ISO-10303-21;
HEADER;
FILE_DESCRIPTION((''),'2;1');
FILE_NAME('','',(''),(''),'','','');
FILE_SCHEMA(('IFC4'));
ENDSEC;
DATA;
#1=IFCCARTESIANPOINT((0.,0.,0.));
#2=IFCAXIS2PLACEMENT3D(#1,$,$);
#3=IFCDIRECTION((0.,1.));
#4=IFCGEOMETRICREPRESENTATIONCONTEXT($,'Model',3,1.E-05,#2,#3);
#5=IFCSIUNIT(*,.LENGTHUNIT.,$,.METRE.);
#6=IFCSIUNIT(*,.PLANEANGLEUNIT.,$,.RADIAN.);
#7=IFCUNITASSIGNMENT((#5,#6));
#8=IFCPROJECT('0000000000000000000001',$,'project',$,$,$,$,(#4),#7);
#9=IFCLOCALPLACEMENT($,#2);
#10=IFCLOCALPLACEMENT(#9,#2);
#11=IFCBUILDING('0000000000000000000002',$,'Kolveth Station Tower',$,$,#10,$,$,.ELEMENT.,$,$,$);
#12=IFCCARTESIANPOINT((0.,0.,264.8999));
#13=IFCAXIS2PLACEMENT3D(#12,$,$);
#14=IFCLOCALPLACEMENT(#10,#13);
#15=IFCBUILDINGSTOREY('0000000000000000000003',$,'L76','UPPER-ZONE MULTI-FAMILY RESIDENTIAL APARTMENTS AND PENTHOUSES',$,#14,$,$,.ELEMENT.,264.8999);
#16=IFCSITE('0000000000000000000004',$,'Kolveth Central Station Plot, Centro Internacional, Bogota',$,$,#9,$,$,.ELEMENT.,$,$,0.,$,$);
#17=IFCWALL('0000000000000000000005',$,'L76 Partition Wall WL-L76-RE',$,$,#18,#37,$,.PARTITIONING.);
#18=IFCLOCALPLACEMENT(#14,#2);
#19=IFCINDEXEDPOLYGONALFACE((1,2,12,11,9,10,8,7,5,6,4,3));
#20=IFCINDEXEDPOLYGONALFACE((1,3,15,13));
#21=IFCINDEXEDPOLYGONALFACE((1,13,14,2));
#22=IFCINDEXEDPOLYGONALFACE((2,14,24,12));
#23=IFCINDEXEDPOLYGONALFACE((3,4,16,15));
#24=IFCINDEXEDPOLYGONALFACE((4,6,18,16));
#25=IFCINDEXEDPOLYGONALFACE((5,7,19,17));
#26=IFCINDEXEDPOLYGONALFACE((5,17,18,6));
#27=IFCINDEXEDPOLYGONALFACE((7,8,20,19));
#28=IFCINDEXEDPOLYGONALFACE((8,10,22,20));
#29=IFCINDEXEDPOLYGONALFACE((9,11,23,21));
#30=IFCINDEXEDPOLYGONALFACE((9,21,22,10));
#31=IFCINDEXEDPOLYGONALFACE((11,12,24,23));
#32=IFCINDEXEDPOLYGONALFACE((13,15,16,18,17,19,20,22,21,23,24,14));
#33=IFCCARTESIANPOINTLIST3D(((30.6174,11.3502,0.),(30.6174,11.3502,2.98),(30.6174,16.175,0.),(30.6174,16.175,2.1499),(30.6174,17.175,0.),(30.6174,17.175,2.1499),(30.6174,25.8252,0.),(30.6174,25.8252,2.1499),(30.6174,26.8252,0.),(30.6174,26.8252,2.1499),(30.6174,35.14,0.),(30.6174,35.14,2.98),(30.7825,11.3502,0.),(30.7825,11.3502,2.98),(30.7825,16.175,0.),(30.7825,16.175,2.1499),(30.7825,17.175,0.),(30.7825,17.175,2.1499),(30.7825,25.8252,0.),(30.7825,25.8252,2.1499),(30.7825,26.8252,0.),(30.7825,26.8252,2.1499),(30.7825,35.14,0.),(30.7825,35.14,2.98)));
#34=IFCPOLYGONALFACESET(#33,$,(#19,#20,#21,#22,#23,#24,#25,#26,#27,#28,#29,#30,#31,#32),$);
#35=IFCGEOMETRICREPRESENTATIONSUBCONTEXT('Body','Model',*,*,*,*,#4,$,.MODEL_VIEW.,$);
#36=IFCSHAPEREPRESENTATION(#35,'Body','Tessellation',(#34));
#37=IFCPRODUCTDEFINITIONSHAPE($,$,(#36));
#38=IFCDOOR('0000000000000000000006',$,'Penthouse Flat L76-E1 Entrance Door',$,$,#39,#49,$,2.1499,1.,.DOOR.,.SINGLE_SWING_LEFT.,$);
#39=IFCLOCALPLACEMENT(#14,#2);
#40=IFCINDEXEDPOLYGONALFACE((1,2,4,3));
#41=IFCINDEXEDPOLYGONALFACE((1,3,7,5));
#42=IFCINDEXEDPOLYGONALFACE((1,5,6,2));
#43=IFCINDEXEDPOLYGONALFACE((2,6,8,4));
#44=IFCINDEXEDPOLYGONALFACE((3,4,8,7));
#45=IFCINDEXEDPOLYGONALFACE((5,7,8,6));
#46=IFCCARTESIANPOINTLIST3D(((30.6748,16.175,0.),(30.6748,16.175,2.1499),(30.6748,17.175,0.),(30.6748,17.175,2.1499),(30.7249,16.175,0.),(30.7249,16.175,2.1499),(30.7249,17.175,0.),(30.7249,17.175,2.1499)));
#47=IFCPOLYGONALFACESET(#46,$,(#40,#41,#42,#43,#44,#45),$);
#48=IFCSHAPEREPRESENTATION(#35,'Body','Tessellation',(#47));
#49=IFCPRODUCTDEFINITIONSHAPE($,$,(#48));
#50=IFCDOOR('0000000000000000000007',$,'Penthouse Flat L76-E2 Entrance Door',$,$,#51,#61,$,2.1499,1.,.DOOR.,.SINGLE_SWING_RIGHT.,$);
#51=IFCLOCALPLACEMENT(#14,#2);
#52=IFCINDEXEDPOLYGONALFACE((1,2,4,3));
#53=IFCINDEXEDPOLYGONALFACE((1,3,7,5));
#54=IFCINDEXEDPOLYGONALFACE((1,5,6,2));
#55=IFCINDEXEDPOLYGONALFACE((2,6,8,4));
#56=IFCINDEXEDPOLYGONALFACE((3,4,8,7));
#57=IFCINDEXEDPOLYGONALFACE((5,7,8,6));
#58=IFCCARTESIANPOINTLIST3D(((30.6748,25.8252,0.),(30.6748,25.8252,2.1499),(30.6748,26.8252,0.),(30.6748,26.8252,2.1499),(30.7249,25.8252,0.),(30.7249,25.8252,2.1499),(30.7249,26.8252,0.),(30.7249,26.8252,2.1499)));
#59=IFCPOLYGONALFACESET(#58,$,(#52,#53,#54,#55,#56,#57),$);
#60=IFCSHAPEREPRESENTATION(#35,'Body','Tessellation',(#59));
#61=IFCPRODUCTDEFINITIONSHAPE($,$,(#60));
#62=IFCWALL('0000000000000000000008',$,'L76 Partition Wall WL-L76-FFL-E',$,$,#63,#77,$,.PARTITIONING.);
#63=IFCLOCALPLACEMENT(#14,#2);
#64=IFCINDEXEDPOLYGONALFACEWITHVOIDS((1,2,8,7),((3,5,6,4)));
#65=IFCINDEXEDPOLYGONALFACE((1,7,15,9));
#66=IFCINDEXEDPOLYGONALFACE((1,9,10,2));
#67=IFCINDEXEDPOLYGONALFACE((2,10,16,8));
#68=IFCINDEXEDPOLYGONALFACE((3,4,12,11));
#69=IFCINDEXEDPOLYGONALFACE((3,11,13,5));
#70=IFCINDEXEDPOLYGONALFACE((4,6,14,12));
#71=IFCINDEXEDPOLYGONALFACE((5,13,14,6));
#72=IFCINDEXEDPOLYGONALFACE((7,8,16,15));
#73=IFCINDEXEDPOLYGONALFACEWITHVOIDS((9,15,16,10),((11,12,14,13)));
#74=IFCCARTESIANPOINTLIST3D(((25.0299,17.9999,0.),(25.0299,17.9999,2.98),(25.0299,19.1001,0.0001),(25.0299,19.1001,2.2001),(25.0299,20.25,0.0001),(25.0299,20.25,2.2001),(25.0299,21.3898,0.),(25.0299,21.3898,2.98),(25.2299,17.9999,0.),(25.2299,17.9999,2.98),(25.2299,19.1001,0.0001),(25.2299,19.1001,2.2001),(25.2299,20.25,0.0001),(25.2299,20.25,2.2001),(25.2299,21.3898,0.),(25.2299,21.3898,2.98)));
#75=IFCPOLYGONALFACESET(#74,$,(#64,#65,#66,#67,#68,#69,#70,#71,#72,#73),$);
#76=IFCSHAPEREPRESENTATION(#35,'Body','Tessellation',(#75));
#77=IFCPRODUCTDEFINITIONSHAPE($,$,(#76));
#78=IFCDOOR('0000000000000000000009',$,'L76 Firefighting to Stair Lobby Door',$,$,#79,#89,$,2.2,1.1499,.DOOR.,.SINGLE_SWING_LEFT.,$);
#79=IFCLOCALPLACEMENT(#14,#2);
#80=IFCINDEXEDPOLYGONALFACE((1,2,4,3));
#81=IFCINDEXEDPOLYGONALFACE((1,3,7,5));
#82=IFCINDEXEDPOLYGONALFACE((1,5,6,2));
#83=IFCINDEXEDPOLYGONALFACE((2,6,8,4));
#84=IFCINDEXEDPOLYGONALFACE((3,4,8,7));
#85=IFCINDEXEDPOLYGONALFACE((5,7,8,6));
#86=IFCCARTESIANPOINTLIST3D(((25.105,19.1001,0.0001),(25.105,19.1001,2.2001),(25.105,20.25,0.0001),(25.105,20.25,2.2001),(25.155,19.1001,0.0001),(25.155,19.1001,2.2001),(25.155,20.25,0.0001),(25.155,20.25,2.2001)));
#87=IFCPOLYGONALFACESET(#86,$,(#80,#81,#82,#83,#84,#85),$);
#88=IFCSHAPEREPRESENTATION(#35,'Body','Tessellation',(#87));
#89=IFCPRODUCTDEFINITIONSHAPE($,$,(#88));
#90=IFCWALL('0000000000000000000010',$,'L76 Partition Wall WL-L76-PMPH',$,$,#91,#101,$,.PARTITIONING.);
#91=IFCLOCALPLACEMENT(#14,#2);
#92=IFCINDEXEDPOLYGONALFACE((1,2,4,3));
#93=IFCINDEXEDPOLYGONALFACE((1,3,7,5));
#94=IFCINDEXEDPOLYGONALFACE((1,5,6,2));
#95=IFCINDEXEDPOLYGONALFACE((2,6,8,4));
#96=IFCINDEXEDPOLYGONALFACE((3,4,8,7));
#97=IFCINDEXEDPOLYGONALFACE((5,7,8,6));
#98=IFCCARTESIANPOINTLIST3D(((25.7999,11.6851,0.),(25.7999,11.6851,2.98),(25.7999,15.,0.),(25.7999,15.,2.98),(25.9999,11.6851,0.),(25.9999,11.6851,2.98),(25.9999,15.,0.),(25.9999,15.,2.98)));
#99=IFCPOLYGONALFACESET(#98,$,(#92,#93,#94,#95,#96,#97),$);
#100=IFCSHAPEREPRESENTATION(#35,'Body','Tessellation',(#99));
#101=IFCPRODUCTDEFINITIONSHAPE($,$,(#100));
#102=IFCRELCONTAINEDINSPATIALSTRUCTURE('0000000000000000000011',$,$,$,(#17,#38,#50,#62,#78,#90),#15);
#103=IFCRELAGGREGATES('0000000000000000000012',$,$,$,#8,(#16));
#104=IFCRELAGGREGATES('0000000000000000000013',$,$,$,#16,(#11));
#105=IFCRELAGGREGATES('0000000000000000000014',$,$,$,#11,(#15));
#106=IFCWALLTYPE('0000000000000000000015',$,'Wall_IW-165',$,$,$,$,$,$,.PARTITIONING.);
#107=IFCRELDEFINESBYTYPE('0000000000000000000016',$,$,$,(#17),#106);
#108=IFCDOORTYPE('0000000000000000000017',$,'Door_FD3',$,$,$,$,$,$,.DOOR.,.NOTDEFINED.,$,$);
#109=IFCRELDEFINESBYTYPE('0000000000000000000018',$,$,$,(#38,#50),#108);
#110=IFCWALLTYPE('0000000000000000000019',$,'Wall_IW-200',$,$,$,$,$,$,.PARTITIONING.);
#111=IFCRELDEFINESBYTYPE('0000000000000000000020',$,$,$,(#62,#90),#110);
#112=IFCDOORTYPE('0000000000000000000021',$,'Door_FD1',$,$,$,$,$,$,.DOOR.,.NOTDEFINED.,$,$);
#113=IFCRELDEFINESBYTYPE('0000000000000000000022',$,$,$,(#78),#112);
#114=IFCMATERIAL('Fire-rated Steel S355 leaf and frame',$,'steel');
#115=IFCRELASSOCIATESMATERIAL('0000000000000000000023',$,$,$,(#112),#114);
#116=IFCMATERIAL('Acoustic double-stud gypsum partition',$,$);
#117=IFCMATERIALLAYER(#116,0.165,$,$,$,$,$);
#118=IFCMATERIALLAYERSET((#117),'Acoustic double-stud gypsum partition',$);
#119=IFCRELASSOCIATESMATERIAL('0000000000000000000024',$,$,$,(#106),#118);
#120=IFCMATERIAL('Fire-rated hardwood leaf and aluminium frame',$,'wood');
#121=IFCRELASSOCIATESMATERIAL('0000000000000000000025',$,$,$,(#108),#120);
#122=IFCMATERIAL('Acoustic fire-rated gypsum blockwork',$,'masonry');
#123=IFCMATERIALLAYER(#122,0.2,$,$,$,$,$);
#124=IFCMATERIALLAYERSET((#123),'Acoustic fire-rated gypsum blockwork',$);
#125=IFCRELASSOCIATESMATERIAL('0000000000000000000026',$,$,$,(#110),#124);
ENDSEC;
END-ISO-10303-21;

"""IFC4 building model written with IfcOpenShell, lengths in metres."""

from ifc_helpers import new_model, si_unit, direction, frame, frame_2d, origin, place, context, subcontext, project, spatial, rectangle, extrude, material, layer, layer_set, type_object, element, fill, save


model = new_model("IFC4")

# Units and contexts
model_context = context("Model", 3, precision=1e-05, world=origin(), true_north=direction((0.0, 1.0)))
body_context = subcontext(model_context, "Body", "Model", "MODEL_VIEW")
ifc_project = project(units=[si_unit("LENGTHUNIT", "METRE"), si_unit("PLANEANGLEUNIT", "RADIAN")], contexts=[model_context])

# Site, building, storey
site_placement = place(None, origin())
site = spatial("IfcSite", under=ifc_project, at=site_placement, Name="Kolveth Central Station Plot, Centro Internacional, Bogota", CompositionType="ELEMENT", RefElevation=0.0)
building_placement = place(site_placement, origin())
building = spatial("IfcBuilding", under=site, at=building_placement, Name="Kolveth Station Tower", CompositionType="ELEMENT")
storey_placement = place(building_placement, frame((0.0, 0.0, 264.8999)))
storey = spatial("IfcBuildingStorey", under=building, at=storey_placement, Name="L76", Description="UPPER-ZONE MULTI-FAMILY RESIDENTIAL APARTMENTS AND PENTHOUSES", CompositionType="ELEMENT", Elevation=264.8999)

# Shared definitions
ifc_material_1 = material(Name="Fire-rated Steel S355 leaf and frame", Category="steel")
door_type_1 = type_object("IfcDoorType", Name="Door_FD1", OperationType="NOTDEFINED", PredefinedType="DOOR", material=ifc_material_1)

# Shared definitions
ifc_material_2 = material(Name="Acoustic double-stud gypsum partition")
ifc_layer_1 = layer(ifc_material_2, 0.165)
ifc_layer_set_1 = layer_set([ifc_layer_1], Name="Acoustic double-stud gypsum partition")
wall_type_1 = type_object("IfcWallType", Name="Wall_IW-165", PredefinedType="PARTITIONING", material=ifc_layer_set_1)

# Wall, openings, doors
wall_1_placement = place(storey_placement, frame((30.7, 11.3501, 0.0), z_axis=(0.0, 0.0, 1.0), x_axis=(0.0, 1.0, 0.0)))
wall_1 = element("IfcWall", 1, at=wall_1_placement, inside=storey, type_object=wall_type_1, Name="L76 Partition Wall WL-L76-RE", PredefinedType="PARTITIONING", context=body_context, shape_type="SweptSolid", body=[
    extrude(rectangle(XDim=23.7898, YDim=0.165, at=frame_2d((11.895, 0.0))), origin(), (0.0, 0.0, 1.0), 2.98),
])
opening_1_placement = place(wall_1_placement, frame((4.825, 0.0, 0.0)))
opening_1 = element("IfcOpeningElement", 2, at=opening_1_placement, cuts=wall_1, PredefinedType="OPENING", context=body_context, shape_type="SweptSolid", body=[
    extrude(rectangle(XDim=1.0, YDim=2.1499, at=frame_2d((0.5, 1.075))), frame((0.0, 0.0925, 0.0), z_axis=(0.0, -1.0, 0.0), x_axis=(1.0, 0.0, 0.0)), (0.0, 0.0, 1.0), 0.1851),
])
opening_2_placement = place(wall_1_placement, frame((14.4751, 0.0, 0.0)))
opening_2 = element("IfcOpeningElement", 3, at=opening_2_placement, cuts=wall_1, PredefinedType="OPENING", context=body_context, shape_type="SweptSolid", body=[
    extrude(rectangle(XDim=1.0, YDim=2.1499, at=frame_2d((0.5, 1.075))), frame((0.0, 0.0925, 0.0), z_axis=(0.0, -1.0, 0.0), x_axis=(1.0, 0.0, 0.0)), (0.0, 0.0, 1.0), 0.1851),
])
ifc_material_3 = material(Name="Fire-rated hardwood leaf and aluminium frame", Category="wood")
door_type_2 = type_object("IfcDoorType", Name="Door_FD3", OperationType="NOTDEFINED", PredefinedType="DOOR", material=ifc_material_3)
door_1_placement = place(opening_1_placement, frame((1.0, 0.0, 0.0), z_axis=(0.0, 0.0, 1.0), x_axis=(-1.0, 0.0, 0.0)))
door_1 = element("IfcDoor", 4, at=door_1_placement, inside=storey, type_object=door_type_2, Name="Penthouse Flat L76-E1 Entrance Door", OperationType="SINGLE_SWING_LEFT", OverallHeight=2.1499, OverallWidth=1.0, PredefinedType="DOOR", context=body_context, shape_type="SweptSolid", body=[
    extrude(rectangle(XDim=1.0, YDim=2.1499, at=frame_2d((0.5, 1.075))), frame((0.0, 0.0249, 0.0), z_axis=(0.0, -1.0, 0.0), x_axis=(1.0, 0.0, 0.0)), (0.0, 0.0, 1.0), 0.05),
])
fill(opening_1, door_1)
door_2_placement = place(opening_2_placement, frame((1.0, 0.0, 0.0), z_axis=(0.0, 0.0, 1.0), x_axis=(-1.0, 0.0, 0.0)))
door_2 = element("IfcDoor", 5, at=door_2_placement, inside=storey, type_object=door_type_2, Name="Penthouse Flat L76-E2 Entrance Door", OperationType="SINGLE_SWING_RIGHT", OverallHeight=2.1499, OverallWidth=1.0, PredefinedType="DOOR", context=body_context, shape_type="SweptSolid", body=[
    extrude(rectangle(XDim=1.0, YDim=2.1499, at=frame_2d((0.5, 1.075))), frame((0.0, 0.0249, 0.0), z_axis=(0.0, -1.0, 0.0), x_axis=(1.0, 0.0, 0.0)), (0.0, 0.0, 1.0), 0.05),
])
fill(opening_2, door_2)

# Wall, opening, door
ifc_material_4 = material(Name="Acoustic fire-rated gypsum blockwork", Category="masonry")
ifc_layer_2 = layer(ifc_material_4, 0.2)
ifc_layer_set_2 = layer_set([ifc_layer_2], Name="Acoustic fire-rated gypsum blockwork")
wall_type_2 = type_object("IfcWallType", Name="Wall_IW-200", PredefinedType="PARTITIONING", material=ifc_layer_set_2)
wall_2_placement = place(storey_placement, frame((25.1299, 18.0, 0.0), z_axis=(0.0, 0.0, 1.0), x_axis=(0.0, 1.0, 0.0)))
wall_2 = element("IfcWall", 6, at=wall_2_placement, inside=storey, type_object=wall_type_2, Name="L76 Partition Wall WL-L76-FFL-E", PredefinedType="PARTITIONING", context=body_context, shape_type="SweptSolid", body=[
    extrude(rectangle(XDim=3.3899, YDim=0.2, at=frame_2d((1.6948, 0.0))), origin(), (0.0, 0.0, 1.0), 2.98),
])
opening_3_placement = place(wall_2_placement, frame((1.1001, 0.0, 0.0)))
opening_3 = element("IfcOpeningElement", 7, at=opening_3_placement, cuts=wall_2, PredefinedType="OPENING", context=body_context, shape_type="SweptSolid", body=[
    extrude(rectangle(XDim=1.1499, YDim=2.2, at=frame_2d((0.575, 1.1001))), frame((0.0, 0.1099, 0.0), z_axis=(0.0, -1.0, 0.0), x_axis=(1.0, 0.0, 0.0)), (0.0, 0.0, 1.0), 0.22),
])
door_3_placement = place(opening_3_placement, origin())
door_3 = element("IfcDoor", 8, at=door_3_placement, inside=storey, type_object=door_type_1, Name="L76 Firefighting to Stair Lobby Door", OperationType="SINGLE_SWING_LEFT", OverallHeight=2.2, OverallWidth=1.1499, PredefinedType="DOOR", context=body_context, shape_type="SweptSolid", body=[
    extrude(rectangle(XDim=1.1499, YDim=2.2, at=frame_2d((0.575, 1.1001))), frame((0.0, 0.0249, 0.0), z_axis=(0.0, -1.0, 0.0), x_axis=(1.0, 0.0, 0.0)), (0.0, 0.0, 1.0), 0.05),
])
fill(opening_3, door_3)

# Wall
wall_3_placement = place(storey_placement, frame((25.8999, 11.6851, 0.0), z_axis=(0.0, 0.0, 1.0), x_axis=(0.0, 1.0, 0.0)))
element("IfcWall", 9, at=wall_3_placement, inside=storey, type_object=wall_type_2, Name="L76 Partition Wall WL-L76-PMPH", PredefinedType="PARTITIONING", context=body_context, shape_type="SweptSolid", body=[
    extrude(rectangle(XDim=3.3149, YDim=0.2, at=frame_2d((1.6575, 0.0))), origin(), (0.0, 0.0, 1.0), 2.98),
])

save(model, "model.ifc")
